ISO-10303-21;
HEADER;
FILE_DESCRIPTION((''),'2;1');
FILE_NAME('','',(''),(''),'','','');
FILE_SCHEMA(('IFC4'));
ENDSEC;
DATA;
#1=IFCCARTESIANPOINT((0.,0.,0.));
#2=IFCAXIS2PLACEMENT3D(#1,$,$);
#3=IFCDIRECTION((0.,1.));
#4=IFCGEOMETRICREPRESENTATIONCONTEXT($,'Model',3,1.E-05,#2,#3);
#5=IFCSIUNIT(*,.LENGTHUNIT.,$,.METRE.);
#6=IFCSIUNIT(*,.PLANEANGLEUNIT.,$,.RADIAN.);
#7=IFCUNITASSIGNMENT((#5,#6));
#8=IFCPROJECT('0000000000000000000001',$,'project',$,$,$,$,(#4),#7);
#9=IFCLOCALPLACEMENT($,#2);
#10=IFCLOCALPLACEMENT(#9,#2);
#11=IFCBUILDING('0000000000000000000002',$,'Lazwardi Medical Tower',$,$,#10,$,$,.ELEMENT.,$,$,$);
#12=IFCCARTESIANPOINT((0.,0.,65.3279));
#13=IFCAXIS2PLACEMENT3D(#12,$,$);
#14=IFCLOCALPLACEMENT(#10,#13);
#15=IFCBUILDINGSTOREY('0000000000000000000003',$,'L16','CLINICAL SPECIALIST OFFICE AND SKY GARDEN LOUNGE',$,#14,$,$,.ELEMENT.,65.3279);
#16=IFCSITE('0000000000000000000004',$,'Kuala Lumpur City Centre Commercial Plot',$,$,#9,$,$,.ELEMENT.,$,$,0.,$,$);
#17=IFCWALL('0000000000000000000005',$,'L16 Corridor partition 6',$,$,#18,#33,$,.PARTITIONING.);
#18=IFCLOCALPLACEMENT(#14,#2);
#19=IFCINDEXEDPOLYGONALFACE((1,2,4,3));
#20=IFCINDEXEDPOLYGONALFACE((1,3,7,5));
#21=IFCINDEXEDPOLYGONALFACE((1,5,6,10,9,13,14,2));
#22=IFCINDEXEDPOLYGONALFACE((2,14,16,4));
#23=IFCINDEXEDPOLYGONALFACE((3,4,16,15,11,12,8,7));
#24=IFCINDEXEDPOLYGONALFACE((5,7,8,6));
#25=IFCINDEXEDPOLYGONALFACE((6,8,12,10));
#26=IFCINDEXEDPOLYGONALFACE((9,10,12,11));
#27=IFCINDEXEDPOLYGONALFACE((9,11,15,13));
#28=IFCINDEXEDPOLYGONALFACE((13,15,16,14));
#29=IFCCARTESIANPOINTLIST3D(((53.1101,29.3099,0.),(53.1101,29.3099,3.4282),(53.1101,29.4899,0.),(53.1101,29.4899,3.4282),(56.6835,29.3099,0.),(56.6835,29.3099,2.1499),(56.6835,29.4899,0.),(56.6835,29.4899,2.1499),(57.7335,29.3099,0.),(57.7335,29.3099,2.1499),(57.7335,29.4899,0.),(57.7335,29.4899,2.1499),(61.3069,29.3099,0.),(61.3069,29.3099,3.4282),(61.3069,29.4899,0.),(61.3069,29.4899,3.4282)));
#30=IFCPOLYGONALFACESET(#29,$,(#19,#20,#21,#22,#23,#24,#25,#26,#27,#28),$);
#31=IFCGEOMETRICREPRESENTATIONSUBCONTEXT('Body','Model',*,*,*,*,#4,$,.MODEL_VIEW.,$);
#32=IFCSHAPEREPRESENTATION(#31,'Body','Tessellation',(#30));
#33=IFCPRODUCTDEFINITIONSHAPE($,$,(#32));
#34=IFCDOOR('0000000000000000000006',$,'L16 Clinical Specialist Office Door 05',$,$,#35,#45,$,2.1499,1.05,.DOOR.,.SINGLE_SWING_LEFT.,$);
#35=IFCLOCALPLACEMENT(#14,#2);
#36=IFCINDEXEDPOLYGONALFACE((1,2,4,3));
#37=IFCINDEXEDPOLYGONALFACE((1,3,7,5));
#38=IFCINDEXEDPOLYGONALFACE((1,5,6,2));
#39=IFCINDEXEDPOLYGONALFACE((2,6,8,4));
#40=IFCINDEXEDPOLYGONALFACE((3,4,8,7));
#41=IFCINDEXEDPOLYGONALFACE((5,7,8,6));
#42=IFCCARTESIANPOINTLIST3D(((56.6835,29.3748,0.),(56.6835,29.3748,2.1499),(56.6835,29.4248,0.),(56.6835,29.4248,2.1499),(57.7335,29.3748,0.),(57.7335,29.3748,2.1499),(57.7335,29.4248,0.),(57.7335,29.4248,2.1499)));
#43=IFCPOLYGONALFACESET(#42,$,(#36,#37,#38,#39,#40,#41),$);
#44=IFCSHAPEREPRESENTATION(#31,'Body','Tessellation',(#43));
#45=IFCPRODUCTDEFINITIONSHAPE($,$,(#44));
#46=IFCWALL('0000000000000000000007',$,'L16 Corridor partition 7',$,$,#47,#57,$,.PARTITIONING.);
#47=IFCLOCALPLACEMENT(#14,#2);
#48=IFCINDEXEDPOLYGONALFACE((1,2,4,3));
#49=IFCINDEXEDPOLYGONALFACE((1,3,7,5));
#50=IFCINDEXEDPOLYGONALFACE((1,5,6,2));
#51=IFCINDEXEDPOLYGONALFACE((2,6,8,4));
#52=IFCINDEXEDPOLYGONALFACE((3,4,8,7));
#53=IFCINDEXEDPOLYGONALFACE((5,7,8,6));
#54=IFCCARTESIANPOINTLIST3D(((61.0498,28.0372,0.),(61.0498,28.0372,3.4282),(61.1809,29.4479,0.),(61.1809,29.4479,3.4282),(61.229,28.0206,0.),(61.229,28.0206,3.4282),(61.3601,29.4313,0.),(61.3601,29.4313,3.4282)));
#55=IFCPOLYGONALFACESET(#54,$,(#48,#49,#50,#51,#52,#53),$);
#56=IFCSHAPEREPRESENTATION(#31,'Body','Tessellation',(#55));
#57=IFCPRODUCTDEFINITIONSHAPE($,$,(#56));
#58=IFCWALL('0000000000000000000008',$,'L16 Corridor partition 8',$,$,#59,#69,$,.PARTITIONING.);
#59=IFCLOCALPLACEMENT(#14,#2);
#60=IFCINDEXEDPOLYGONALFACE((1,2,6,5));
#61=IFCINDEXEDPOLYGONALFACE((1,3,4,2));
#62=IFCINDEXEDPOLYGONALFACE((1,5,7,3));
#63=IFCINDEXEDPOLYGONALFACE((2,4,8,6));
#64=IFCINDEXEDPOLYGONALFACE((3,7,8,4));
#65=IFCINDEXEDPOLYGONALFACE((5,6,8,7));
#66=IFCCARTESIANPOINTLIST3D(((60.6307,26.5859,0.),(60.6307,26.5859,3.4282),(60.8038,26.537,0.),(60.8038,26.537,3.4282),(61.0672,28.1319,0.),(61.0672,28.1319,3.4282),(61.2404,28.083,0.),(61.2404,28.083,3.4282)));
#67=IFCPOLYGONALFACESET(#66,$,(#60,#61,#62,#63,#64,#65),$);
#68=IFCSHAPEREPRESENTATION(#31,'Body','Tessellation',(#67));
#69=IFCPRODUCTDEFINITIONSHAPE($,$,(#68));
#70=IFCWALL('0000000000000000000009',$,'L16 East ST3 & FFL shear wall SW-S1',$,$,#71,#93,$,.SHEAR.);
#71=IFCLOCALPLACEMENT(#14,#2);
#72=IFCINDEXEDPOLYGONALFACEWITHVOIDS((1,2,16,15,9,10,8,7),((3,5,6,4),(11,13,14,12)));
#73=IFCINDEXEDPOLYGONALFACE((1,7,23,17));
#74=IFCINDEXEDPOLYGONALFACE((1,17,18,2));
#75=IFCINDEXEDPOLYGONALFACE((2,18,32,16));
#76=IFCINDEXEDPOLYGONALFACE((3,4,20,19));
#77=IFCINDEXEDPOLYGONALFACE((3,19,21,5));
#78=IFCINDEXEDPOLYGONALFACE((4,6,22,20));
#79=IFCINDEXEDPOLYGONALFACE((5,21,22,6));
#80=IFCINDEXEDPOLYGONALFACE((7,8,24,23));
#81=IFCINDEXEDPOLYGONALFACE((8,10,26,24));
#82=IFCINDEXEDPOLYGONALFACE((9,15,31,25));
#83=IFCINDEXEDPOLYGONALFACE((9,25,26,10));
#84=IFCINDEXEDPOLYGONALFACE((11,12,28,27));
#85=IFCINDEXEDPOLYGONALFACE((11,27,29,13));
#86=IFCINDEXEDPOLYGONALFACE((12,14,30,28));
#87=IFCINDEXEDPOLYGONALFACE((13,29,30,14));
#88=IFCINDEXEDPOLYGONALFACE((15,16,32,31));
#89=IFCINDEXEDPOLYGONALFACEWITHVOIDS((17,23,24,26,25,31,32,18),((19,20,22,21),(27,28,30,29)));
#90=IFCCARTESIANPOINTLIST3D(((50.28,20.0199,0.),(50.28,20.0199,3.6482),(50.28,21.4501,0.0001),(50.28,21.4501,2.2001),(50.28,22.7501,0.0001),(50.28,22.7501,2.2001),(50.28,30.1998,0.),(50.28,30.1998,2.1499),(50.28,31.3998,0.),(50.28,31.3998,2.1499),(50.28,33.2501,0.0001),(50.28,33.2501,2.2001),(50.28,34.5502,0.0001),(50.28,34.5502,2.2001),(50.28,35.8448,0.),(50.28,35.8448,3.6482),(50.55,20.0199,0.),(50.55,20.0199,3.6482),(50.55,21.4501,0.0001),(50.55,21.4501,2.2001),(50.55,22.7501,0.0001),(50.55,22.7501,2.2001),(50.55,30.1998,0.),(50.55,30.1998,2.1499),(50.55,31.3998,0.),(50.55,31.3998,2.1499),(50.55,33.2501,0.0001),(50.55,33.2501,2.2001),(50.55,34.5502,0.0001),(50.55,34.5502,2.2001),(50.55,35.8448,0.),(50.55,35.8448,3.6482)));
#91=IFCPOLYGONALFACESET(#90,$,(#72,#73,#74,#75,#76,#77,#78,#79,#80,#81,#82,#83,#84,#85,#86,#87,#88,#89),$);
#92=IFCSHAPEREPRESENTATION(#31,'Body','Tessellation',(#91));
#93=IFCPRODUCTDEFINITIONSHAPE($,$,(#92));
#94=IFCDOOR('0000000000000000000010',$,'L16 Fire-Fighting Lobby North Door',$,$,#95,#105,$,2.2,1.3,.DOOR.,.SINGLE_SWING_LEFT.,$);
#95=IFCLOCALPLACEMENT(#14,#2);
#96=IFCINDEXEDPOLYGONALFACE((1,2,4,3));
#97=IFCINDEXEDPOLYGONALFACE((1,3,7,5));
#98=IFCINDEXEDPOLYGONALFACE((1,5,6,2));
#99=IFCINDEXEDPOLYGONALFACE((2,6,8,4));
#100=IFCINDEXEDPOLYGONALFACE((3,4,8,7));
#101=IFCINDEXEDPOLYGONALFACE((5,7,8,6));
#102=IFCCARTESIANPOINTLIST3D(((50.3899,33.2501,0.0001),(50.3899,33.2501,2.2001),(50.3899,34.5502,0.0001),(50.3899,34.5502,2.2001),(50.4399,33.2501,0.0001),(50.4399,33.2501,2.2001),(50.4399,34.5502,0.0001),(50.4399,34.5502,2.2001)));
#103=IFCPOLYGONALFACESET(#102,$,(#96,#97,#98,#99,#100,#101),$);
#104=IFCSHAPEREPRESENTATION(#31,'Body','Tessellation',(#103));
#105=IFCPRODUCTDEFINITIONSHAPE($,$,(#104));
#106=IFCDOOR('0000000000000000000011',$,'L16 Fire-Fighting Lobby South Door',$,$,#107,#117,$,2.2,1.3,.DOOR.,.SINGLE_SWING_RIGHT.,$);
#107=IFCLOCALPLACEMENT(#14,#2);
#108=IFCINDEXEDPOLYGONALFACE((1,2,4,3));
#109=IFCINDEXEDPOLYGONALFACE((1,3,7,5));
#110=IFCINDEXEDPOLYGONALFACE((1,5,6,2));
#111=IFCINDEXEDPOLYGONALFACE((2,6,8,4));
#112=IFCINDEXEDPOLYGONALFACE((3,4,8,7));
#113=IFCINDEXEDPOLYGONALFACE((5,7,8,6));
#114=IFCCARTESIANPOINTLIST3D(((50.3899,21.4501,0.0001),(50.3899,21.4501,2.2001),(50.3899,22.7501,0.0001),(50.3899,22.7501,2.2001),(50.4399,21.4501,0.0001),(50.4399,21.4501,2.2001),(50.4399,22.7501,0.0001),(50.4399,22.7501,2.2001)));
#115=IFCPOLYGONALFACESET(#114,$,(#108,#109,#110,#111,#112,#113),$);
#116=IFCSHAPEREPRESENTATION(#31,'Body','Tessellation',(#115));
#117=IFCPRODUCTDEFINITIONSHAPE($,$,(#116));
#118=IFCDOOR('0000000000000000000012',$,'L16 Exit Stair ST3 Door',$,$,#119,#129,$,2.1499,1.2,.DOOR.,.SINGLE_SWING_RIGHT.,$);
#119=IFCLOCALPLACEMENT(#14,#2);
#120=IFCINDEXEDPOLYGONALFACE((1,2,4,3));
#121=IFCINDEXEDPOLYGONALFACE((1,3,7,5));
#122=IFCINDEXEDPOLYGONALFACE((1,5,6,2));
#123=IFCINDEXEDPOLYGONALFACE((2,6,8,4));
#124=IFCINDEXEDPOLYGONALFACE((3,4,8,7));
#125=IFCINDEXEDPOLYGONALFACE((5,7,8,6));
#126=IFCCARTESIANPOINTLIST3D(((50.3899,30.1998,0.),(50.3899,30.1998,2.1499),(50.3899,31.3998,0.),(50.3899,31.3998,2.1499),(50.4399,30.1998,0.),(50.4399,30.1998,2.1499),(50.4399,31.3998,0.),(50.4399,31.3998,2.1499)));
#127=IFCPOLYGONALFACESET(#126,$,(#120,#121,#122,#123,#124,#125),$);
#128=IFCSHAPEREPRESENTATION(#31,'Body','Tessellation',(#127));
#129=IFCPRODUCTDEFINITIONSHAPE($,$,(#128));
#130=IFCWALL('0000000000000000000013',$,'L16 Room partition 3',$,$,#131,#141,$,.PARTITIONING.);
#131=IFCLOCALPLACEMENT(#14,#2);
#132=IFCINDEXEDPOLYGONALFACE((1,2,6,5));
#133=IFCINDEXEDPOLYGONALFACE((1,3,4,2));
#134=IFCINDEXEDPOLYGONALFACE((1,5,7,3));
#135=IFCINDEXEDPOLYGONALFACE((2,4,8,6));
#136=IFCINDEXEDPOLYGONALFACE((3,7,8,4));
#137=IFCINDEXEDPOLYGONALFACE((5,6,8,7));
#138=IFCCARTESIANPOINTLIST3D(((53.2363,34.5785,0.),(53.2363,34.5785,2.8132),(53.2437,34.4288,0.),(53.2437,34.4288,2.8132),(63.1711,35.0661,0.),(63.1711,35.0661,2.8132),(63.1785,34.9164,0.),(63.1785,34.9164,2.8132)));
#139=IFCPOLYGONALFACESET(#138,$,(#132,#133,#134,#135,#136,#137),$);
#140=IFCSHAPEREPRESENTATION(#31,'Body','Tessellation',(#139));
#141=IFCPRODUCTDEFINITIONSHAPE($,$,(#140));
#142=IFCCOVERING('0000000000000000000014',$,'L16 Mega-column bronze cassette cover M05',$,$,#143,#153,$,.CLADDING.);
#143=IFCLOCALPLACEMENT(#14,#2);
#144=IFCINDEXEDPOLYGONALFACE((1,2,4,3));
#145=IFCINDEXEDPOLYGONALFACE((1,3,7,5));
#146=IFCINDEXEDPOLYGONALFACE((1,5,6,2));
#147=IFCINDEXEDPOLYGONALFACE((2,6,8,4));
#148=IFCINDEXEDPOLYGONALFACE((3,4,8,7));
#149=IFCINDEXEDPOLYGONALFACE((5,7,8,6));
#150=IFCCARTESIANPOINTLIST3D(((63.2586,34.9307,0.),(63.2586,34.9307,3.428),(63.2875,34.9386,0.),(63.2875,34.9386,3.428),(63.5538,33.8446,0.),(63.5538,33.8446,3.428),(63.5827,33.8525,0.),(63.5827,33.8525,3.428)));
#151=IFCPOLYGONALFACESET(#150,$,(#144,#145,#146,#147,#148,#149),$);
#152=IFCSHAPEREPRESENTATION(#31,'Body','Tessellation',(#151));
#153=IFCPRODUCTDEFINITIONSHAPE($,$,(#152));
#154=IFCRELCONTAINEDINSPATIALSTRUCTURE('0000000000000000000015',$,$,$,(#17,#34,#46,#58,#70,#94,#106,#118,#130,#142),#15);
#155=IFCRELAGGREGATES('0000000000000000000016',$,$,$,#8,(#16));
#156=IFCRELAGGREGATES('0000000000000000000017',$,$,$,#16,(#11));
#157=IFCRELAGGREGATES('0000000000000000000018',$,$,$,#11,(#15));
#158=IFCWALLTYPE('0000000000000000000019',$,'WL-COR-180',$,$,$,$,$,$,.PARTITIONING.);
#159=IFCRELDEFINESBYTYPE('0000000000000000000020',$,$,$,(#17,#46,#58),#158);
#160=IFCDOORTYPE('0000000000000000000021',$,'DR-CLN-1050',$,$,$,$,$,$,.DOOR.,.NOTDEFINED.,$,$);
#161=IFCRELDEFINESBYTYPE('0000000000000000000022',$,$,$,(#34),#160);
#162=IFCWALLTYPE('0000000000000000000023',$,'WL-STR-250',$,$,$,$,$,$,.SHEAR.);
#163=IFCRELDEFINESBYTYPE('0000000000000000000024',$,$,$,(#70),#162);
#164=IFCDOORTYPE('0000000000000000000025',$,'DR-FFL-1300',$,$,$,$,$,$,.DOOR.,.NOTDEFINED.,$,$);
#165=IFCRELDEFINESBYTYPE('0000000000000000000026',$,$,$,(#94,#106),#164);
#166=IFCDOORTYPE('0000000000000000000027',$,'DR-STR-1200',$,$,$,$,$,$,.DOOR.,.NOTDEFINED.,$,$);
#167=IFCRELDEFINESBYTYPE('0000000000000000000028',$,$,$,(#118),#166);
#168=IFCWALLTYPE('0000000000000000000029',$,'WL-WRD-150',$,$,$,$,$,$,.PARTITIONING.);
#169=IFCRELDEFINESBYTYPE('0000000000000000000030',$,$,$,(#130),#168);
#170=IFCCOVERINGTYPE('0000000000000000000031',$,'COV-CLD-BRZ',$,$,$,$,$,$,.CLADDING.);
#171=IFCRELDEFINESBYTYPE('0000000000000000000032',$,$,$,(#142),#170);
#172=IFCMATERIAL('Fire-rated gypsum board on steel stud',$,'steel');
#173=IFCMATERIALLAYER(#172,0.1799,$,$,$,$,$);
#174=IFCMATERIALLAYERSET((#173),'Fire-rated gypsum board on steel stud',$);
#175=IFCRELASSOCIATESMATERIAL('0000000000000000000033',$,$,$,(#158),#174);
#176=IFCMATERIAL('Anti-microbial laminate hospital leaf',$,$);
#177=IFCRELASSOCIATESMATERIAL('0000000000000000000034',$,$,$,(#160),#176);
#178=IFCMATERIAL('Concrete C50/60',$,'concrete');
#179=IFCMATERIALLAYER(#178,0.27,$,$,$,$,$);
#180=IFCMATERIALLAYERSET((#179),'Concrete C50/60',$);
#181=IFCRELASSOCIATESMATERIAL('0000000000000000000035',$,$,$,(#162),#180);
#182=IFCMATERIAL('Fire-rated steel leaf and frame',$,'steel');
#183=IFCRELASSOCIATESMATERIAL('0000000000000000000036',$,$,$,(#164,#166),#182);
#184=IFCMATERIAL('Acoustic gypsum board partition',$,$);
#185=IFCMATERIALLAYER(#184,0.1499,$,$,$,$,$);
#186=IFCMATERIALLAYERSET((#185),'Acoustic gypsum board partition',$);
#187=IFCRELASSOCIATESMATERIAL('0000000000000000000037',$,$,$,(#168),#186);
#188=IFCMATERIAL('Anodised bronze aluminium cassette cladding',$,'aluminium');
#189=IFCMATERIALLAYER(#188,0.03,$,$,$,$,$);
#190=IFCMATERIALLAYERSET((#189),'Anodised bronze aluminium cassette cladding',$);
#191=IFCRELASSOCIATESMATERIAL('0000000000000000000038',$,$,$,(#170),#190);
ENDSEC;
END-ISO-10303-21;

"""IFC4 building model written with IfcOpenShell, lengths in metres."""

from ifc_helpers import new_model, si_unit, direction, frame, frame_2d, origin, origin_2d, place, context, subcontext, project, spatial, rectangle, extrude, material, layer, layer_set, type_object, element, fill, save


model = new_model("IFC4")

# Units and contexts
model_context = context("Model", 3, precision=1e-05, world=origin(), true_north=direction((0.0, 1.0)))
body_context = subcontext(model_context, "Body", "Model", "MODEL_VIEW")
ifc_project = project(units=[si_unit("LENGTHUNIT", "METRE"), si_unit("PLANEANGLEUNIT", "RADIAN")], contexts=[model_context])

# Site, building, storey
site_placement = place(None, origin())
site = spatial("IfcSite", under=ifc_project, at=site_placement, Name="Kuala Lumpur City Centre Commercial Plot", CompositionType="ELEMENT", RefElevation=0.0)
building_placement = place(site_placement, origin())
building = spatial("IfcBuilding", under=site, at=building_placement, Name="Lazwardi Medical Tower", CompositionType="ELEMENT")
storey_placement = place(building_placement, frame((0.0, 0.0, 65.3279)))
storey = spatial("IfcBuildingStorey", under=building, at=storey_placement, Name="L16", Description="CLINICAL SPECIALIST OFFICE AND SKY GARDEN LOUNGE", CompositionType="ELEMENT", Elevation=65.3279)

# Wall, opening, door
ifc_material_1 = material(Name="Fire-rated gypsum board on steel stud", Category="steel")
ifc_layer_1 = layer(ifc_material_1, 0.1799)
ifc_layer_set_1 = layer_set([ifc_layer_1], Name="Fire-rated gypsum board on steel stud")
wall_type_1 = type_object("IfcWallType", Name="WL-COR-180", PredefinedType="PARTITIONING", material=ifc_layer_set_1)
wall_1_placement = place(storey_placement, frame((53.1101, 29.3999, 0.0), z_axis=(0.0, 0.0, 1.0), x_axis=(1.0, 0.0, 0.0)))
wall_1 = element("IfcWall", 1, at=wall_1_placement, inside=storey, type_object=wall_type_1, Name="L16 Corridor partition 6", PredefinedType="PARTITIONING", context=body_context, shape_type="SweptSolid", body=[
    extrude(rectangle(XDim=8.1968, YDim=0.1799, at=frame_2d((4.0984, 0.0))), origin(), (0.0, 0.0, 1.0), 3.4282),
])
opening_1_placement = place(wall_1_placement, frame((3.5735, 0.0, 0.0)))
opening_1 = element("IfcOpeningElement", 2, at=opening_1_placement, cuts=wall_1, PredefinedType="OPENING", context=body_context, shape_type="SweptSolid", body=[
    extrude(rectangle(XDim=1.05, YDim=2.1499, at=frame_2d((0.5249, 1.075))), frame((0.0, 0.0999, 0.0), z_axis=(0.0, -1.0, 0.0), x_axis=(1.0, 0.0, 0.0)), (0.0, 0.0, 1.0), 0.2),
])
ifc_material_2 = material(Name="Anti-microbial laminate hospital leaf")
door_type_1 = type_object("IfcDoorType", Name="DR-CLN-1050", OperationType="NOTDEFINED", PredefinedType="DOOR", material=ifc_material_2)
door_1_placement = place(opening_1_placement, origin())
door_1 = element("IfcDoor", 3, at=door_1_placement, inside=storey, type_object=door_type_1, Name="L16 Clinical Specialist Office Door 05", OperationType="SINGLE_SWING_LEFT", OverallHeight=2.1499, OverallWidth=1.05, PredefinedType="DOOR", context=body_context, shape_type="SweptSolid", body=[
    extrude(rectangle(XDim=1.05, YDim=2.1499, at=frame_2d((0.5249, 1.075))), frame((0.0, 0.0249, 0.0), z_axis=(0.0, -1.0, 0.0), x_axis=(1.0, 0.0, 0.0)), (0.0, 0.0, 1.0), 0.05),
])
fill(opening_1, door_1)

# Walls
wall_2_placement = place(storey_placement, frame((61.2705, 29.4397, 0.0), z_axis=(0.0, 0.0, 1.0), x_axis=(-0.09254, -0.995709, 0.0)))
element("IfcWall", 4, at=wall_2_placement, inside=storey, type_object=wall_type_1, Name="L16 Corridor partition 7", PredefinedType="PARTITIONING", context=body_context, shape_type="SweptSolid", body=[
    extrude(rectangle(XDim=1.4167, YDim=0.1799, at=frame_2d((0.7085, 0.0))), origin(), (0.0, 0.0, 1.0), 3.4282),
])
wall_3_placement = place(storey_placement, frame((61.1538, 28.1074, 0.0), z_axis=(0.0, 0.0, 1.0), x_axis=(-0.271749, -0.962368, 0.0)))
element("IfcWall", 5, at=wall_3_placement, inside=storey, type_object=wall_type_1, Name="L16 Corridor partition 8", PredefinedType="PARTITIONING", context=body_context, shape_type="SweptSolid", body=[
    extrude(rectangle(XDim=1.6064, YDim=0.1799, at=frame_2d((0.8032, 0.0))), origin(), (0.0, 0.0, 1.0), 3.4282),
])

# Wall, openings, doors
ifc_material_3 = material(Name="Concrete C50/60", Category="concrete")
ifc_layer_2 = layer(ifc_material_3, 0.27)
ifc_layer_set_2 = layer_set([ifc_layer_2], Name="Concrete C50/60")
wall_type_2 = type_object("IfcWallType", Name="WL-STR-250", PredefinedType="SHEAR", material=ifc_layer_set_2)
wall_4_placement = place(storey_placement, frame((50.415, 35.845, 0.0), z_axis=(0.0, 0.0, 1.0), x_axis=(0.0, -1.0, 0.0)))
wall_4 = element("IfcWall", 6, at=wall_4_placement, inside=storey, type_object=wall_type_2, Name="L16 East ST3 & FFL shear wall SW-S1", PredefinedType="SHEAR", context=body_context, shape_type="SweptSolid", body=[
    extrude(rectangle(XDim=15.825, YDim=0.27, at=frame_2d((7.9126, 0.0))), origin(), (0.0, 0.0, 1.0), 3.6482),
])
opening_2_placement = place(wall_4_placement, frame((4.4451, 0.0, 0.0)))
opening_2 = element("IfcOpeningElement", 7, at=opening_2_placement, cuts=wall_4, PredefinedType="OPENING", context=body_context, shape_type="SweptSolid", body=[
    extrude(rectangle(XDim=1.2, YDim=2.1499, at=frame_2d((0.6001, 1.075))), frame((0.0, 0.145, 0.0), z_axis=(0.0, -1.0, 0.0), x_axis=(1.0, 0.0, 0.0)), (0.0, 0.0, 1.0), 0.29),
])
opening_3_placement = place(wall_4_placement, frame((1.2949, 0.0, 0.0)))
opening_3 = element("IfcOpeningElement", 8, at=opening_3_placement, cuts=wall_4, PredefinedType="OPENING", context=body_context, shape_type="SweptSolid", body=[
    extrude(rectangle(XDim=1.3, YDim=2.2, at=frame_2d((0.6499, 1.1001))), frame((0.0, 0.145, 0.0), z_axis=(0.0, -1.0, 0.0), x_axis=(1.0, 0.0, 0.0)), (0.0, 0.0, 1.0), 0.29),
])
opening_4_placement = place(wall_4_placement, frame((13.095, 0.0, 0.0)))
opening_4 = element("IfcOpeningElement", 9, at=opening_4_placement, cuts=wall_4, PredefinedType="OPENING", context=body_context, shape_type="SweptSolid", body=[
    extrude(rectangle(XDim=1.3, YDim=2.2, at=frame_2d((0.6499, 1.1001))), frame((0.0, 0.145, 0.0), z_axis=(0.0, -1.0, 0.0), x_axis=(1.0, 0.0, 0.0)), (0.0, 0.0, 1.0), 0.29),
])
ifc_material_4 = material(Name="Fire-rated steel leaf and frame", Category="steel")
door_type_2 = type_object("IfcDoorType", Name="DR-FFL-1300", OperationType="NOTDEFINED", PredefinedType="DOOR", material=ifc_material_4)
door_2_placement = place(opening_3_placement, origin())
door_2 = element("IfcDoor", 10, at=door_2_placement, inside=storey, type_object=door_type_2, Name="L16 Fire-Fighting Lobby North Door", OperationType="SINGLE_SWING_LEFT", OverallHeight=2.2, OverallWidth=1.3, PredefinedType="DOOR", context=body_context, shape_type="SweptSolid", body=[
    extrude(rectangle(XDim=1.3, YDim=2.2, at=frame_2d((0.6499, 1.1001))), frame((0.0, 0.0249, 0.0), z_axis=(0.0, -1.0, 0.0), x_axis=(1.0, 0.0, 0.0)), (0.0, 0.0, 1.0), 0.05),
])
fill(opening_3, door_2)
door_3_placement = place(opening_4_placement, origin())
door_3 = element("IfcDoor", 11, at=door_3_placement, inside=storey, type_object=door_type_2, Name="L16 Fire-Fighting Lobby South Door", OperationType="SINGLE_SWING_RIGHT", OverallHeight=2.2, OverallWidth=1.3, PredefinedType="DOOR", context=body_context, shape_type="SweptSolid", body=[
    extrude(rectangle(XDim=1.3, YDim=2.2, at=frame_2d((0.6499, 1.1001))), frame((0.0, 0.0249, 0.0), z_axis=(0.0, -1.0, 0.0), x_axis=(1.0, 0.0, 0.0)), (0.0, 0.0, 1.0), 0.05),
])
fill(opening_4, door_3)
door_type_3 = type_object("IfcDoorType", Name="DR-STR-1200", OperationType="NOTDEFINED", PredefinedType="DOOR", material=ifc_material_4)
door_4_placement = place(opening_2_placement, origin())
door_4 = element("IfcDoor", 12, at=door_4_placement, inside=storey, type_object=door_type_3, Name="L16 Exit Stair ST3 Door", OperationType="SINGLE_SWING_RIGHT", OverallHeight=2.1499, OverallWidth=1.2, PredefinedType="DOOR", context=body_context, shape_type="SweptSolid", body=[
    extrude(rectangle(XDim=1.2, YDim=2.1499, at=frame_2d((0.6001, 1.075))), frame((0.0, 0.0249, 0.0), z_axis=(0.0, -1.0, 0.0), x_axis=(1.0, 0.0, 0.0)), (0.0, 0.0, 1.0), 0.05),
])
fill(opening_2, door_4)

# Wall
ifc_material_5 = material(Name="Acoustic gypsum board partition")
ifc_layer_3 = layer(ifc_material_5, 0.1499)
ifc_layer_set_3 = layer_set([ifc_layer_3], Name="Acoustic gypsum board partition")
wall_type_3 = type_object("IfcWallType", Name="WL-WRD-150", PredefinedType="PARTITIONING", material=ifc_layer_set_3)
wall_5_placement = place(storey_placement, frame((53.24, 34.5037, 0.0), z_axis=(0.0, 0.0, 1.0), x_axis=(0.998798, 0.049016, 0.0)))
element("IfcWall", 13, at=wall_5_placement, inside=storey, type_object=wall_type_3, Name="L16 Room partition 3", PredefinedType="PARTITIONING", context=body_context, shape_type="SweptSolid", body=[
    extrude(rectangle(XDim=9.9468, YDim=0.1499, at=frame_2d((4.9734, 0.0))), origin(), (0.0, 0.0, 1.0), 2.8132),
])

# Covering
ifc_material_6 = material(Name="Anodised bronze aluminium cassette cladding", Category="aluminium")
ifc_layer_4 = layer(ifc_material_6, 0.03)
ifc_layer_set_4 = layer_set([ifc_layer_4], Name="Anodised bronze aluminium cassette cladding")
covering_type = type_object("IfcCoveringType", Name="COV-CLD-BRZ", PredefinedType="CLADDING", material=ifc_layer_set_4)
covering_placement = place(storey_placement, frame((63.4207, 34.3916, 0.0), z_axis=(0.0, 0.0, 1.0), x_axis=(-0.262283, 0.964991, 0.0)))
element("IfcCovering", 14, at=covering_placement, inside=storey, type_object=covering_type, Name="L16 Mega-column bronze cassette cover M05", PredefinedType="CLADDING", context=body_context, shape_type="SweptSolid", body=[
    extrude(rectangle(XDim=1.1255, YDim=0.03, at=origin_2d()), origin(), (0.0, 0.0, 1.0), 3.428),
])

save(model, "model.ifc")
